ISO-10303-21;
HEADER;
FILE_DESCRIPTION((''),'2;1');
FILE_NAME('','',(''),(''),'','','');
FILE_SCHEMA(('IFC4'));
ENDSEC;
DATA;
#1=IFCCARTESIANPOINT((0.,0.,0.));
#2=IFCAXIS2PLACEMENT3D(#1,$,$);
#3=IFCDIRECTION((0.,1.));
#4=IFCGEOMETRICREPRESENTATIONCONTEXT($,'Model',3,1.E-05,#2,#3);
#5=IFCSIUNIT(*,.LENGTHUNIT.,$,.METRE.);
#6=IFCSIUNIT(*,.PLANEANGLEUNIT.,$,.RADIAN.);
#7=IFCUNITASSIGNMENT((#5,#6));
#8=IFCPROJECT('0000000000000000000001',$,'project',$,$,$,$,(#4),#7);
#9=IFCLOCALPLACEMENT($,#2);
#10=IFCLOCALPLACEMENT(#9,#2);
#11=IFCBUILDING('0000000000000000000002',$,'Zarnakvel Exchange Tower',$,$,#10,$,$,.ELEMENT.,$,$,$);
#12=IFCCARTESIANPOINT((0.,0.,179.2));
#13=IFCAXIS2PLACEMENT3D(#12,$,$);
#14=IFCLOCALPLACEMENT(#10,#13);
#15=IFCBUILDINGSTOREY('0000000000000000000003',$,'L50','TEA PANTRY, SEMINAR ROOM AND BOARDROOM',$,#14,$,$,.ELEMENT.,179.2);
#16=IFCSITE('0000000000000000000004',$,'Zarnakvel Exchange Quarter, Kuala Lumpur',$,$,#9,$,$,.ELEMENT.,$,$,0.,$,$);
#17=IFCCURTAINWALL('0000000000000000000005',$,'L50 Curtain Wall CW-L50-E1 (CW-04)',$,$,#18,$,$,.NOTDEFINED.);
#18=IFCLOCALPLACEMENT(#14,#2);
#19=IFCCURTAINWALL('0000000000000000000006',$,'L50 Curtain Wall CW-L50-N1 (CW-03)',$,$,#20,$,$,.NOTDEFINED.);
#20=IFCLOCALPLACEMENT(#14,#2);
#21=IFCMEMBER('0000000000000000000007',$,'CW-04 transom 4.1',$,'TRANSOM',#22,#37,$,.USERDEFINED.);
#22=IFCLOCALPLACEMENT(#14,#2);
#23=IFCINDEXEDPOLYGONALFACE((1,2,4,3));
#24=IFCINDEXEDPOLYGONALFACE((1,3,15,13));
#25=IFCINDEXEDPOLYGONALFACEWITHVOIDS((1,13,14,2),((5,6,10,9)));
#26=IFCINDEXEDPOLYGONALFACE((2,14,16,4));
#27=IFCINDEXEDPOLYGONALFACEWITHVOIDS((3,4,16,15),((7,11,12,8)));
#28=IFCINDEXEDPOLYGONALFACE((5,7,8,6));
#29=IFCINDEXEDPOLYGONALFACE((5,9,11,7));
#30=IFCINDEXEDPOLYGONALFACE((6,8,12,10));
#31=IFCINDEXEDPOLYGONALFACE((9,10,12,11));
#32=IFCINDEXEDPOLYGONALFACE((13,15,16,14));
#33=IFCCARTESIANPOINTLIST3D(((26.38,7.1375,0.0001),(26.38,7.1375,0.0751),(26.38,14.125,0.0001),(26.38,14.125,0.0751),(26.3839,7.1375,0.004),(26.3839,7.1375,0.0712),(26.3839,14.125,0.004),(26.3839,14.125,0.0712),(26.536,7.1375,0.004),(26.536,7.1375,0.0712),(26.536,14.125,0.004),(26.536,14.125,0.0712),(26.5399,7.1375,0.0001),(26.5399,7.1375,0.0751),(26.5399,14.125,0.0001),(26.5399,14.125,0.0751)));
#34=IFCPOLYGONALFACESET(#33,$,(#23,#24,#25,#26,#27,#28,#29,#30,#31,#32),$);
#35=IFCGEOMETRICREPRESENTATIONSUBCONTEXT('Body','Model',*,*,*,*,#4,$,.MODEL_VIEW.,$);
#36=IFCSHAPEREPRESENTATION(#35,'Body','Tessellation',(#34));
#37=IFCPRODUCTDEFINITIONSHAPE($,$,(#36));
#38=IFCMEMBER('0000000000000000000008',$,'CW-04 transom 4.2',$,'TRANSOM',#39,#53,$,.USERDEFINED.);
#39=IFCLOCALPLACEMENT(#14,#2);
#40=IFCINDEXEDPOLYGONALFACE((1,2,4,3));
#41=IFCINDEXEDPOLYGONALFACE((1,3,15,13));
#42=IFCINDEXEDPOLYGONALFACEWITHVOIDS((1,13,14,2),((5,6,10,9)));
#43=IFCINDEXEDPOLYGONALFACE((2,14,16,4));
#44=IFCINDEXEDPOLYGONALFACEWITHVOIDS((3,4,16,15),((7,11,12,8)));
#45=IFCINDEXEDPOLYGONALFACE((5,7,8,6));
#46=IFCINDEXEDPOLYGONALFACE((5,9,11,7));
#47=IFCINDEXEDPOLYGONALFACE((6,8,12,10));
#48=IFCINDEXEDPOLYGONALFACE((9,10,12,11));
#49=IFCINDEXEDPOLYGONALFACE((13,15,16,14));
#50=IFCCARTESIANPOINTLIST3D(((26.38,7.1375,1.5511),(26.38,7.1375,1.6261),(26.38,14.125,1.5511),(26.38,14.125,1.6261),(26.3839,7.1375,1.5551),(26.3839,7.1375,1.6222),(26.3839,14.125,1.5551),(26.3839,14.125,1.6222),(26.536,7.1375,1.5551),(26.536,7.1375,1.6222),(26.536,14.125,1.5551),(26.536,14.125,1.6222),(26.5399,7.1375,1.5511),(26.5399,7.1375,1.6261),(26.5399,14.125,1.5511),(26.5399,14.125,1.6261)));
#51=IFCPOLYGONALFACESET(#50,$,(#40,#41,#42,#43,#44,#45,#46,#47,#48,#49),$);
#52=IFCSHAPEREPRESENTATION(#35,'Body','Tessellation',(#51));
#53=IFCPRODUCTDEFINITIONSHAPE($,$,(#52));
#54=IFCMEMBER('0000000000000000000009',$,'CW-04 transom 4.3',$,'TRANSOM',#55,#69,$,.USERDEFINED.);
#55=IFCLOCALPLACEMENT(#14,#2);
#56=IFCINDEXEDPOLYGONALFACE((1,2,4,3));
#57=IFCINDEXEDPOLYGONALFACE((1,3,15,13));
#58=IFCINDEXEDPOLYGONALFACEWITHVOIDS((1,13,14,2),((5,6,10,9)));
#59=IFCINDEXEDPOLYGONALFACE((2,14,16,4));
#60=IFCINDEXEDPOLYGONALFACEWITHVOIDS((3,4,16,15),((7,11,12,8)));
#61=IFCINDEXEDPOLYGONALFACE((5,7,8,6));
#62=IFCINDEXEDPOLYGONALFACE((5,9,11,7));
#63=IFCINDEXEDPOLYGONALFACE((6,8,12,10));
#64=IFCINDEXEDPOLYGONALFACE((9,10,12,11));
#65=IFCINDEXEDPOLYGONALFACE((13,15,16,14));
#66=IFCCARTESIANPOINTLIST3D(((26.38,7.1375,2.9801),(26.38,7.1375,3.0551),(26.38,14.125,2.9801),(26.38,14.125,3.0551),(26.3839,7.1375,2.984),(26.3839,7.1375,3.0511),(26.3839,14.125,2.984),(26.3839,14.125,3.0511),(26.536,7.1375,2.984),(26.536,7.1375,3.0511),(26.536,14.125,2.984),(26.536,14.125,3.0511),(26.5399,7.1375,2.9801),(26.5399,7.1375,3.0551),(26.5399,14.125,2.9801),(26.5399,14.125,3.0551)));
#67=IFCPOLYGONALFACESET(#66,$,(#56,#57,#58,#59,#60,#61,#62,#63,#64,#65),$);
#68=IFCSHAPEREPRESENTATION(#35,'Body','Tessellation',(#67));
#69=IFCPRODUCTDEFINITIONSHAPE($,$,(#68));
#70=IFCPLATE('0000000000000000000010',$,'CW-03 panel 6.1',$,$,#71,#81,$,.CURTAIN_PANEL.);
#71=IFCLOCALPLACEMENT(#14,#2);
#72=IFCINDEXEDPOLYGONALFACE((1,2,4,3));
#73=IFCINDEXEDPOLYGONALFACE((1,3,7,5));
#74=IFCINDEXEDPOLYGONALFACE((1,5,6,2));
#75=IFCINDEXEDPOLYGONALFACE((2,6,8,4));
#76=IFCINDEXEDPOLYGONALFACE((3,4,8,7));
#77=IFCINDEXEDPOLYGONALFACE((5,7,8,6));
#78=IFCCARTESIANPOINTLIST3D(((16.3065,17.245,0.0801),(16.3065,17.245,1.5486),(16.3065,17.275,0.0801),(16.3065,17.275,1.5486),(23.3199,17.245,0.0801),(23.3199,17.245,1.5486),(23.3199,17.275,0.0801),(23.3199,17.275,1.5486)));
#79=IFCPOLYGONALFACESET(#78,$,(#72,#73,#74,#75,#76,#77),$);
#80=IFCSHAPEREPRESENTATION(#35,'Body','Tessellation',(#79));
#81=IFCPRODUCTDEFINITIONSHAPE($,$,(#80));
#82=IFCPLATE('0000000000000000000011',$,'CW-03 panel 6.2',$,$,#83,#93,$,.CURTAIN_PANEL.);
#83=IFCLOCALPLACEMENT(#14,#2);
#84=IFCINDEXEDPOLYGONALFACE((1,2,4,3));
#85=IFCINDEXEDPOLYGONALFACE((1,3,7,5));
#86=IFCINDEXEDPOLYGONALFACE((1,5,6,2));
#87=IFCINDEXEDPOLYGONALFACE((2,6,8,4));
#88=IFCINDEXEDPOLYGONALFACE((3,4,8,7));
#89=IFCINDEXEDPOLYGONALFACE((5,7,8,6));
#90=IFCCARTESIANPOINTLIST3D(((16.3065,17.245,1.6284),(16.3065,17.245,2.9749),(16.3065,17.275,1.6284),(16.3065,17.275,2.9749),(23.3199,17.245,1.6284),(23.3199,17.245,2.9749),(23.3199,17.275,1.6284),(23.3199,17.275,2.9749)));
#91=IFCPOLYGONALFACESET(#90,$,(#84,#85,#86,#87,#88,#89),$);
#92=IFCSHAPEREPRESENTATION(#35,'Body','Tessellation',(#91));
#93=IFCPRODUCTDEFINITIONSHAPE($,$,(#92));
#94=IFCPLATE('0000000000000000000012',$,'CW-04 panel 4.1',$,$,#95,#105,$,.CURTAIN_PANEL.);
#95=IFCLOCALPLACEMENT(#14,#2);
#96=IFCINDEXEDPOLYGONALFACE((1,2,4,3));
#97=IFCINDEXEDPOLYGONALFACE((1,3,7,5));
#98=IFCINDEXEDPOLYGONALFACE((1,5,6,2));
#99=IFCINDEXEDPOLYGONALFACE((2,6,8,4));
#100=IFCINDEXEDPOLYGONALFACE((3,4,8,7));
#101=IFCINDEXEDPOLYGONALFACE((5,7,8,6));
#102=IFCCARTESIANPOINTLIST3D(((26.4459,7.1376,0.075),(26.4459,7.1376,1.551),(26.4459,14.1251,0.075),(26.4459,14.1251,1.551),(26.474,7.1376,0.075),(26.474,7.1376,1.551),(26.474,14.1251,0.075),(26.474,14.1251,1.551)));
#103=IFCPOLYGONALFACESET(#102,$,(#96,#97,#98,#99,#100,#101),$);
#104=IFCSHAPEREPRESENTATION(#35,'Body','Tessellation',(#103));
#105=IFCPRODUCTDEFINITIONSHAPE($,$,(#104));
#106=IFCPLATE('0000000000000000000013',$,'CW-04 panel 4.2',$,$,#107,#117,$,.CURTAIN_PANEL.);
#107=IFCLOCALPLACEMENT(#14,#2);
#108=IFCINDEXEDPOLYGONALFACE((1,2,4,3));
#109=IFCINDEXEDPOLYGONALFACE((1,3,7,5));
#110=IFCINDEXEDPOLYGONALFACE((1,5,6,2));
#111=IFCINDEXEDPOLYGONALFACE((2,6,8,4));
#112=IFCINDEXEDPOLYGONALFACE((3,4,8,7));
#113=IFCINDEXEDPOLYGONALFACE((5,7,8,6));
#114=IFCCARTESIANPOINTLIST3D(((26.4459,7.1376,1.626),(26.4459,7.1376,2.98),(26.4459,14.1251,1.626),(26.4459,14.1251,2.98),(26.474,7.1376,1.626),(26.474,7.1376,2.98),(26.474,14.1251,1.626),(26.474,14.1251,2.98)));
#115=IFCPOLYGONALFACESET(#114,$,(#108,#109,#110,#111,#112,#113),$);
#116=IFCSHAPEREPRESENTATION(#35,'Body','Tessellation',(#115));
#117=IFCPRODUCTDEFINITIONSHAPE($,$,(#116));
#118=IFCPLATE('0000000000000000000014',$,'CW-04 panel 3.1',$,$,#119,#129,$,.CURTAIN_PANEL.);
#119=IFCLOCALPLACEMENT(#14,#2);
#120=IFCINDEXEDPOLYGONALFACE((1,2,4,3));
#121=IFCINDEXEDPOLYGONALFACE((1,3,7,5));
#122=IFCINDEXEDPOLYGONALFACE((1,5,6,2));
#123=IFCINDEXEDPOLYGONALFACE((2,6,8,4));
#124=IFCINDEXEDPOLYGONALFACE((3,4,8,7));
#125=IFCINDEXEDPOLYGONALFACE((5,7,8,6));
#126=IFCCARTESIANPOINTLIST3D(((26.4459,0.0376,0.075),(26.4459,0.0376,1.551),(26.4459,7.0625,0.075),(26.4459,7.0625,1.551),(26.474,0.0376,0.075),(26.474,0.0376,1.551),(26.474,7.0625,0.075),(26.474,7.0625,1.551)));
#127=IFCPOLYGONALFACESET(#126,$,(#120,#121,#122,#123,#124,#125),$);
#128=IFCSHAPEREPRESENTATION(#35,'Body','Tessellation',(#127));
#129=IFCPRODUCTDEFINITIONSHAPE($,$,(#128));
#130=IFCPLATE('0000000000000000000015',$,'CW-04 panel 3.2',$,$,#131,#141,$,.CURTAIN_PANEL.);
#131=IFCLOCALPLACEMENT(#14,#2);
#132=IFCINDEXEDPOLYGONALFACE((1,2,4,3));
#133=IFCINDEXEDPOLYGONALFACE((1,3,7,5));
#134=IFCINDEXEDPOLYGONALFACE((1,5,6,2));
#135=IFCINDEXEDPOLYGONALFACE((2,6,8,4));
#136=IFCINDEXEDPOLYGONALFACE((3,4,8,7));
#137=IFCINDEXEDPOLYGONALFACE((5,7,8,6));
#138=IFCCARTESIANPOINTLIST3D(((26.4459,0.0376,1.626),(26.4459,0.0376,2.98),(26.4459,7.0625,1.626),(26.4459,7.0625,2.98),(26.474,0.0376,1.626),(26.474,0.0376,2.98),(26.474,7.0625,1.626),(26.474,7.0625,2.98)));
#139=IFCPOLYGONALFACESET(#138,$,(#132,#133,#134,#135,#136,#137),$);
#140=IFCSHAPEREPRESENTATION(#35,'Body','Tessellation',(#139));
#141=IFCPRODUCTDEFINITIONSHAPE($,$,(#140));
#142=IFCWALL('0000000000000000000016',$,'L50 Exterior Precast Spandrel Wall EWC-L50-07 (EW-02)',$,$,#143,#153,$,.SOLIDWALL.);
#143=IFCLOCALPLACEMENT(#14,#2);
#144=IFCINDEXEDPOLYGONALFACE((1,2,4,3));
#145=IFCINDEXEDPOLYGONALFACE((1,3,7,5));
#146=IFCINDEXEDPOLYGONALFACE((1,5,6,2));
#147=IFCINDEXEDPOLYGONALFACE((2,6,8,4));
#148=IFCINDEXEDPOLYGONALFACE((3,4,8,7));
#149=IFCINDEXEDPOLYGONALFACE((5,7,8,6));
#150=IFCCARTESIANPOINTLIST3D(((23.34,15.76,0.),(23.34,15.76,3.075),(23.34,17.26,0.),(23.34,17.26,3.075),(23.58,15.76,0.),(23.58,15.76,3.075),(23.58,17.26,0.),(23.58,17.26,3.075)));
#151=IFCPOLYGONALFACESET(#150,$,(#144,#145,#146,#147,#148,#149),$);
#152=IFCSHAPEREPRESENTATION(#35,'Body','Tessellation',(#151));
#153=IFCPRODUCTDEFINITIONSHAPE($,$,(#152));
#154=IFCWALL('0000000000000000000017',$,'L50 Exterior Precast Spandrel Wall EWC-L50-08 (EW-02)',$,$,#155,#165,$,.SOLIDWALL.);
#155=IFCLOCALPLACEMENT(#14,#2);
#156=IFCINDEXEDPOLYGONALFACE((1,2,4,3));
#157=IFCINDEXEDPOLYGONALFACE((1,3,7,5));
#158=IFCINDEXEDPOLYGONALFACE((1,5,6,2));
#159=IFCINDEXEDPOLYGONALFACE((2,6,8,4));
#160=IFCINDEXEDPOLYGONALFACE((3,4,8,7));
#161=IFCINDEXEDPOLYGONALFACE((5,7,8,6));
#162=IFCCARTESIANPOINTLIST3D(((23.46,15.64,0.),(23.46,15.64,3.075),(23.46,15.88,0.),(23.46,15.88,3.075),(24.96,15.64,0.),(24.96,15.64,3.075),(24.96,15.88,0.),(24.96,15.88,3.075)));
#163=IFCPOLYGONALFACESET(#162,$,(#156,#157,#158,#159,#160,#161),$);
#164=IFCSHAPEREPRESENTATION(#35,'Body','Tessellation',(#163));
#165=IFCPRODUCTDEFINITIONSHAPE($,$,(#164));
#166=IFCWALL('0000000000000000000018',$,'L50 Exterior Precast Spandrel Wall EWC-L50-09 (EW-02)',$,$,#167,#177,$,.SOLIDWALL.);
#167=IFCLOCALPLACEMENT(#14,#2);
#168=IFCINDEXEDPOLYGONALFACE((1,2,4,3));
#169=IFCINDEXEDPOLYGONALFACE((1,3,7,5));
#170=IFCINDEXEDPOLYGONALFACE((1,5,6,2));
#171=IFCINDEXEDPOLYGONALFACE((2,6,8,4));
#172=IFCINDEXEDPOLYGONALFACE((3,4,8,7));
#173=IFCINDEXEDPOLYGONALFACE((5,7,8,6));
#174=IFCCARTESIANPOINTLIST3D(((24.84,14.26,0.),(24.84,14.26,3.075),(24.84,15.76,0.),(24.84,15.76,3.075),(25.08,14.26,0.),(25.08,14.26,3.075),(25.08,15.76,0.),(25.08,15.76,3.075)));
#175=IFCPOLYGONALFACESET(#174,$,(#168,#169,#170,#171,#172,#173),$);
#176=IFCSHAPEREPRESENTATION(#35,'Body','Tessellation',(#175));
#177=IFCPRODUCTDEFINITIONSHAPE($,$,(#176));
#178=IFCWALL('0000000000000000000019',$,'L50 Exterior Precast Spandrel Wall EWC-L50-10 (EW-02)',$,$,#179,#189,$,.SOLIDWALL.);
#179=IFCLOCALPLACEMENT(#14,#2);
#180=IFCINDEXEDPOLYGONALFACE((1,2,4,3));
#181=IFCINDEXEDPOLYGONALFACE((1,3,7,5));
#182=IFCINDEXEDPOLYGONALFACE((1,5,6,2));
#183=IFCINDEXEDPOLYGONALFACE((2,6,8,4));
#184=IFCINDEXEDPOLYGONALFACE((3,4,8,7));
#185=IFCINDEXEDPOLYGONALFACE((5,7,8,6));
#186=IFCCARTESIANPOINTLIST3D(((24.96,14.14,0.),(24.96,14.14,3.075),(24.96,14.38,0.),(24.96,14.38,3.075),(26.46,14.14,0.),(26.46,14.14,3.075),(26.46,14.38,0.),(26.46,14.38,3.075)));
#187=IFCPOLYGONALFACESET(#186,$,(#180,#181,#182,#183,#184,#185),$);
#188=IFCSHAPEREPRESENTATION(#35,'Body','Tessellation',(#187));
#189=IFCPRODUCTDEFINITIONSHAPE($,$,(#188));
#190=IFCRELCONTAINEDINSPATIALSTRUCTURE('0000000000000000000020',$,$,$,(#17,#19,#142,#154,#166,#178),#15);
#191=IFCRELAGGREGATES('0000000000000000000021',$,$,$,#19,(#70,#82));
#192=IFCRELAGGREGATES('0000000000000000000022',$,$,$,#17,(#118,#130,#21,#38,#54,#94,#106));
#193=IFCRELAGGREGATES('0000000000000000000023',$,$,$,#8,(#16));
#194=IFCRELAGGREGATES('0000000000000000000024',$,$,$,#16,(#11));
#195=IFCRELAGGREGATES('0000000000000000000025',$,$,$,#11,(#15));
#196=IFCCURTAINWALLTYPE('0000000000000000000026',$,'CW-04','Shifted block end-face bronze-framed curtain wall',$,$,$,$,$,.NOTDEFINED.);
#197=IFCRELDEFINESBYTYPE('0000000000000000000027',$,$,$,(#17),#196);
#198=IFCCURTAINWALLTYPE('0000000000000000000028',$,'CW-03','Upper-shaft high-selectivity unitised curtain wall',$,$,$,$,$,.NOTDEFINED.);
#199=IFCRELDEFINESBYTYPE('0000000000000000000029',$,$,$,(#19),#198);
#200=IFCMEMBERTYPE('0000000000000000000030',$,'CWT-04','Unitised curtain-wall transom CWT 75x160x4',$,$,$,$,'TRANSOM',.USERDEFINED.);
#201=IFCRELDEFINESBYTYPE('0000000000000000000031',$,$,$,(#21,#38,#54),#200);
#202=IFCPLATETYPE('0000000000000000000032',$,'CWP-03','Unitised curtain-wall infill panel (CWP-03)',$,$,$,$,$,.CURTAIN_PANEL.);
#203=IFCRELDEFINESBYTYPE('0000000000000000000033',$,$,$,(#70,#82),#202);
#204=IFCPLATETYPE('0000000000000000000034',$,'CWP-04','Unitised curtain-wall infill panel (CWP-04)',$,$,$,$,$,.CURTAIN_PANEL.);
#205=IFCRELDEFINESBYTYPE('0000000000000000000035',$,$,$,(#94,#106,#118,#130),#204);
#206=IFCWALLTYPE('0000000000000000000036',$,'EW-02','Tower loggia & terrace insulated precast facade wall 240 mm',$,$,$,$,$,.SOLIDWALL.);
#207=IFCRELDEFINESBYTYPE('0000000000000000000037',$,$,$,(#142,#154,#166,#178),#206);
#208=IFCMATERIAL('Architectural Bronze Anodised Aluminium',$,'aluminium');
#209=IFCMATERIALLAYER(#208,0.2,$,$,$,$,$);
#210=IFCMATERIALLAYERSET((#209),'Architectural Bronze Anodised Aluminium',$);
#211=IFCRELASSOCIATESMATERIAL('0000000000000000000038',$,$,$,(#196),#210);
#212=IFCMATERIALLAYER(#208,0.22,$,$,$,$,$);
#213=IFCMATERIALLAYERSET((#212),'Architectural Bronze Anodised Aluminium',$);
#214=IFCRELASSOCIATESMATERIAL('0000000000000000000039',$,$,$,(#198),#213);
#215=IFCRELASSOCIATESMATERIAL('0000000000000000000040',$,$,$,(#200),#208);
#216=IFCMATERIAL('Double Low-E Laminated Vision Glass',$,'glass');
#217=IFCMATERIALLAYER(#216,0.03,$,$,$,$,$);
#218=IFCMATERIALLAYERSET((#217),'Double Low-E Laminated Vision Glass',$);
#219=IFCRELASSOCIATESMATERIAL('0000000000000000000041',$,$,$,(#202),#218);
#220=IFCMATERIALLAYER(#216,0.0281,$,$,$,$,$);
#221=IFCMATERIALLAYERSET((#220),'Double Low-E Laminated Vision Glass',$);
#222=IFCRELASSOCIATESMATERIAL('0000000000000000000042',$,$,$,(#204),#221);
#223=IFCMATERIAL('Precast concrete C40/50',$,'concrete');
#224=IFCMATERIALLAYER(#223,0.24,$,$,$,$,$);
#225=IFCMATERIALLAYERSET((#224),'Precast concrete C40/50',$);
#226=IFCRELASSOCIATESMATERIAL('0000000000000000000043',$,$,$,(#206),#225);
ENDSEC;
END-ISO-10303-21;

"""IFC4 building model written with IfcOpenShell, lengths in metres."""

from ifc_helpers import new_model, si_unit, direction, frame, frame_2d, origin, origin_2d, place, context, subcontext, project, spatial, rectangle, hollow_rectangle, extrude, source, transform, mapped, material, layer, layer_set, material_profile, profile_set, type_object, element, aggregate, save


model = new_model("IFC4")

# Units and contexts
model_context = context("Model", 3, precision=1e-05, world=origin(), true_north=direction((0.0, 1.0)))
body_context = subcontext(model_context, "Body", "Model", "MODEL_VIEW")
ifc_project = project(units=[si_unit("LENGTHUNIT", "METRE"), si_unit("PLANEANGLEUNIT", "RADIAN")], contexts=[model_context])

# Site, building, storey
site_placement = place(None, origin())
site = spatial("IfcSite", under=ifc_project, at=site_placement, Name="Zarnakvel Exchange Quarter, Kuala Lumpur", CompositionType="ELEMENT", RefElevation=0.0)
building_placement = place(site_placement, origin())
building = spatial("IfcBuilding", under=site, at=building_placement, Name="Zarnakvel Exchange Tower", CompositionType="ELEMENT")
storey_placement = place(building_placement, frame((0.0, 0.0, 179.2)))
storey = spatial("IfcBuildingStorey", under=building, at=storey_placement, Name="L50", Description="TEA PANTRY, SEMINAR ROOM AND BOARDROOM", CompositionType="ELEMENT", Elevation=179.2)

# Curtain walls
ifc_material_1 = material(Name="Architectural Bronze Anodised Aluminium", Category="aluminium")
ifc_layer_1 = layer(ifc_material_1, 0.2)
ifc_layer_set_1 = layer_set([ifc_layer_1], Name="Architectural Bronze Anodised Aluminium")
curtain_wall_type_1 = type_object("IfcCurtainWallType", Name="CW-04", Description="Shifted block end-face bronze-framed curtain wall", PredefinedType="NOTDEFINED", material=ifc_layer_set_1)
curtain_wall_1_placement = place(storey_placement, origin())
curtain_wall_1 = element("IfcCurtainWall", 1, at=curtain_wall_1_placement, inside=storey, type_object=curtain_wall_type_1, Name="L50 Curtain Wall CW-L50-E1 (CW-04)", PredefinedType="NOTDEFINED")
ifc_layer_2 = layer(ifc_material_1, 0.22)
ifc_layer_set_2 = layer_set([ifc_layer_2], Name="Architectural Bronze Anodised Aluminium")
curtain_wall_type_2 = type_object("IfcCurtainWallType", Name="CW-03", Description="Upper-shaft high-selectivity unitised curtain wall", PredefinedType="NOTDEFINED", material=ifc_layer_set_2)
curtain_wall_2_placement = place(storey_placement, origin())
curtain_wall_2 = element("IfcCurtainWall", 2, at=curtain_wall_2_placement, inside=storey, type_object=curtain_wall_type_2, Name="L50 Curtain Wall CW-L50-N1 (CW-03)", PredefinedType="NOTDEFINED")

# Members
ifc_material_profile_1 = material_profile(ifc_material_1, hollow_rectangle(XDim=0.1599, YDim=0.075, WallThickness=0.0039, at=origin_2d()))
ifc_profile_set_1 = profile_set([ifc_material_profile_1], Name="Architectural Bronze Anodised Aluminium")
member_type_1 = type_object("IfcMemberType", Name="CWT-04", Description="Unitised curtain-wall transom CWT 75x160x4", ElementType="TRANSOM", PredefinedType="USERDEFINED", material=ifc_profile_set_1)
shared_shape_1 = source(origin(), body_context, "Body", "SweptSolid", [
    extrude(hollow_rectangle(XDim=0.1599, YDim=0.075, WallThickness=0.0039, at=origin_2d()), origin(), (0.0, 0.0, 1.0), 6.9875),
])
member_1_placement = place(storey_placement, frame((26.46, 7.1375, 0.0376), z_axis=(0.0, 1.0, 0.0), x_axis=(-1.0, 0.0, 0.0)))
member_1 = element("IfcMember", 3, at=member_1_placement, type_object=member_type_1, Name="CW-04 transom 4.1", ObjectType="TRANSOM", PredefinedType="USERDEFINED", context=body_context, shape_type="MappedRepresentation", body=[
    mapped(shared_shape_1, transform((0.0, 0.0, 0.0), x_axis=(1.0, 0.0, 0.0), y_axis=(0.0, 1.0, 0.0), z_axis=(0.0, 0.0, 1.0), scale=1.0)),
])
member_2_placement = place(storey_placement, frame((26.46, 7.1375, 1.5886), z_axis=(0.0, 1.0, 0.0), x_axis=(-1.0, 0.0, 0.0)))
member_2 = element("IfcMember", 4, at=member_2_placement, type_object=member_type_1, Name="CW-04 transom 4.2", ObjectType="TRANSOM", PredefinedType="USERDEFINED", context=body_context, shape_type="MappedRepresentation", body=[
    mapped(shared_shape_1, transform((0.0, 0.0, 0.0), x_axis=(1.0, 0.0, 0.0), y_axis=(0.0, 1.0, 0.0), z_axis=(0.0, 0.0, 1.0), scale=1.0)),
])
member_3_placement = place(storey_placement, frame((26.46, 7.1375, 3.0176), z_axis=(0.0, 1.0, 0.0), x_axis=(-1.0, 0.0, 0.0)))
member_3 = element("IfcMember", 5, at=member_3_placement, type_object=member_type_1, Name="CW-04 transom 4.3", ObjectType="TRANSOM", PredefinedType="USERDEFINED", context=body_context, shape_type="MappedRepresentation", body=[
    mapped(shared_shape_1, transform((0.0, 0.0, 0.0), x_axis=(1.0, 0.0, 0.0), y_axis=(0.0, 1.0, 0.0), z_axis=(0.0, 0.0, 1.0), scale=1.0)),
])

# Plates
ifc_material_2 = material(Name="Double Low-E Laminated Vision Glass", Category="glass")
ifc_layer_3 = layer(ifc_material_2, 0.03)
ifc_layer_set_3 = layer_set([ifc_layer_3], Name="Double Low-E Laminated Vision Glass")
plate_type_1 = type_object("IfcPlateType", Name="CWP-03", Description="Unitised curtain-wall infill panel (CWP-03)", PredefinedType="CURTAIN_PANEL", material=ifc_layer_set_3)
shared_shape_2 = source(origin(), body_context, "Body", "SweptSolid", [
    extrude(rectangle(XDim=7.0134, YDim=0.03, at=origin_2d()), origin(), (0.0, 0.0, 1.0), 1.4685),
])
plate_1_placement = place(storey_placement, frame((19.8132, 17.26, 0.0801), z_axis=(0.0, 0.0, 1.0), x_axis=(1.0, 0.0, 0.0)))
plate_1 = element("IfcPlate", 6, at=plate_1_placement, type_object=plate_type_1, Name="CW-03 panel 6.1", PredefinedType="CURTAIN_PANEL", context=body_context, shape_type="MappedRepresentation", body=[
    mapped(shared_shape_2, transform((0.0, 0.0, 0.0), x_axis=(1.0, 0.0, 0.0), y_axis=(0.0, 1.0, 0.0), z_axis=(0.0, 0.0, 1.0), scale=1.0)),
])
shared_shape_3 = source(origin(), body_context, "Body", "SweptSolid", [
    extrude(rectangle(XDim=7.0134, YDim=0.03, at=origin_2d()), origin(), (0.0, 0.0, 1.0), 1.3464),
])
plate_2_placement = place(storey_placement, frame((19.8132, 17.26, 1.6284), z_axis=(0.0, 0.0, 1.0), x_axis=(1.0, 0.0, 0.0)))
plate_2 = element("IfcPlate", 7, at=plate_2_placement, type_object=plate_type_1, Name="CW-03 panel 6.2", PredefinedType="CURTAIN_PANEL", context=body_context, shape_type="MappedRepresentation", body=[
    mapped(shared_shape_3, transform((0.0, 0.0, 0.0), x_axis=(1.0, 0.0, 0.0), y_axis=(0.0, 1.0, 0.0), z_axis=(0.0, 0.0, 1.0), scale=1.0)),
])
aggregate(curtain_wall_2, [plate_1, plate_2])
ifc_layer_4 = layer(ifc_material_2, 0.0281)
ifc_layer_set_4 = layer_set([ifc_layer_4], Name="Double Low-E Laminated Vision Glass")
plate_type_2 = type_object("IfcPlateType", Name="CWP-04", Description="Unitised curtain-wall infill panel (CWP-04)", PredefinedType="CURTAIN_PANEL", material=ifc_layer_set_4)
shared_shape_4 = source(origin(), body_context, "Body", "SweptSolid", [
    extrude(rectangle(XDim=6.9875, YDim=0.0281, at=origin_2d()), origin(), (0.0, 0.0, 1.0), 1.4761),
])
plate_3_placement = place(storey_placement, frame((26.46, 10.6313, 0.075), z_axis=(0.0, 0.0, 1.0), x_axis=(0.0, 1.0, 0.0)))
plate_3 = element("IfcPlate", 8, at=plate_3_placement, type_object=plate_type_2, Name="CW-04 panel 4.1", PredefinedType="CURTAIN_PANEL", context=body_context, shape_type="MappedRepresentation", body=[
    mapped(shared_shape_4, transform((0.0, 0.0, 0.0), x_axis=(1.0, 0.0, 0.0), y_axis=(0.0, 1.0, 0.0), z_axis=(0.0, 0.0, 1.0), scale=1.0)),
])
shared_shape_5 = source(origin(), body_context, "Body", "SweptSolid", [
    extrude(rectangle(XDim=6.9875, YDim=0.0281, at=origin_2d()), origin(), (0.0, 0.0, 1.0), 1.354),
])
plate_4_placement = place(storey_placement, frame((26.46, 10.6313, 1.626), z_axis=(0.0, 0.0, 1.0), x_axis=(0.0, 1.0, 0.0)))
plate_4 = element("IfcPlate", 9, at=plate_4_placement, type_object=plate_type_2, Name="CW-04 panel 4.2", PredefinedType="CURTAIN_PANEL", context=body_context, shape_type="MappedRepresentation", body=[
    mapped(shared_shape_5, transform((0.0, 0.0, 0.0), x_axis=(1.0, 0.0, 0.0), y_axis=(0.0, 1.0, 0.0), z_axis=(0.0, 0.0, 1.0), scale=1.0)),
])
shared_shape_6 = source(origin(), body_context, "Body", "SweptSolid", [
    extrude(rectangle(XDim=7.0249, YDim=0.0281, at=origin_2d()), origin(), (0.0, 0.0, 1.0), 1.4761),
])
plate_5_placement = place(storey_placement, frame((26.46, 3.55, 0.075), z_axis=(0.0, 0.0, 1.0), x_axis=(0.0, 1.0, 0.0)))
plate_5 = element("IfcPlate", 10, at=plate_5_placement, type_object=plate_type_2, Name="CW-04 panel 3.1", PredefinedType="CURTAIN_PANEL", context=body_context, shape_type="MappedRepresentation", body=[
    mapped(shared_shape_6, transform((0.0, 0.0, 0.0), x_axis=(1.0, 0.0, 0.0), y_axis=(0.0, 1.0, 0.0), z_axis=(0.0, 0.0, 1.0), scale=1.0)),
])
shared_shape_7 = source(origin(), body_context, "Body", "SweptSolid", [
    extrude(rectangle(XDim=7.0249, YDim=0.0281, at=origin_2d()), origin(), (0.0, 0.0, 1.0), 1.354),
])
plate_6_placement = place(storey_placement, frame((26.46, 3.55, 1.626), z_axis=(0.0, 0.0, 1.0), x_axis=(0.0, 1.0, 0.0)))
plate_6 = element("IfcPlate", 11, at=plate_6_placement, type_object=plate_type_2, Name="CW-04 panel 3.2", PredefinedType="CURTAIN_PANEL", context=body_context, shape_type="MappedRepresentation", body=[
    mapped(shared_shape_7, transform((0.0, 0.0, 0.0), x_axis=(1.0, 0.0, 0.0), y_axis=(0.0, 1.0, 0.0), z_axis=(0.0, 0.0, 1.0), scale=1.0)),
])
aggregate(curtain_wall_1, [plate_5, plate_6, member_1, member_2, member_3, plate_3, plate_4])

# Walls
ifc_material_3 = material(Name="Precast concrete C40/50", Category="concrete")
ifc_layer_5 = layer(ifc_material_3, 0.24)
ifc_layer_set_5 = layer_set([ifc_layer_5], Name="Precast concrete C40/50")
wall_type_1 = type_object("IfcWallType", Name="EW-02", Description="Tower loggia & terrace insulated precast facade wall 240 mm", PredefinedType="SOLIDWALL", material=ifc_layer_set_5)
for number, where, z_axis, x_axis, name in (
    (12, (23.46, 15.76, 0.0), (0.0, 0.0, 1.0), (0.0, 1.0, 0.0), "L50 Exterior Precast Spandrel Wall EWC-L50-07 (EW-02)"),
    (13, (24.96, 15.76, 0.0), (0.0, 0.0, 1.0), (-1.0, 0.0, 0.0), "L50 Exterior Precast Spandrel Wall EWC-L50-08 (EW-02)"),
    (14, (24.96, 14.26, 0.0), (0.0, 0.0, 1.0), (0.0, 1.0, 0.0), "L50 Exterior Precast Spandrel Wall EWC-L50-09 (EW-02)"),
    (15, (26.46, 14.26, 0.0), (0.0, 0.0, 1.0), (-1.0, 0.0, 0.0), "L50 Exterior Precast Spandrel Wall EWC-L50-10 (EW-02)"),
):
    element("IfcWall", number, at=place(storey_placement, frame(where, z_axis=z_axis, x_axis=x_axis)), inside=storey, type_object=wall_type_1, Name=name, PredefinedType="SOLIDWALL", context=body_context, shape_type="SweptSolid", body=[
        extrude(rectangle(XDim=1.5, YDim=0.24, at=frame_2d((0.75, 0.0))), origin(), (0.0, 0.0, 1.0), 3.075),
    ])

save(model, "model.ifc")
